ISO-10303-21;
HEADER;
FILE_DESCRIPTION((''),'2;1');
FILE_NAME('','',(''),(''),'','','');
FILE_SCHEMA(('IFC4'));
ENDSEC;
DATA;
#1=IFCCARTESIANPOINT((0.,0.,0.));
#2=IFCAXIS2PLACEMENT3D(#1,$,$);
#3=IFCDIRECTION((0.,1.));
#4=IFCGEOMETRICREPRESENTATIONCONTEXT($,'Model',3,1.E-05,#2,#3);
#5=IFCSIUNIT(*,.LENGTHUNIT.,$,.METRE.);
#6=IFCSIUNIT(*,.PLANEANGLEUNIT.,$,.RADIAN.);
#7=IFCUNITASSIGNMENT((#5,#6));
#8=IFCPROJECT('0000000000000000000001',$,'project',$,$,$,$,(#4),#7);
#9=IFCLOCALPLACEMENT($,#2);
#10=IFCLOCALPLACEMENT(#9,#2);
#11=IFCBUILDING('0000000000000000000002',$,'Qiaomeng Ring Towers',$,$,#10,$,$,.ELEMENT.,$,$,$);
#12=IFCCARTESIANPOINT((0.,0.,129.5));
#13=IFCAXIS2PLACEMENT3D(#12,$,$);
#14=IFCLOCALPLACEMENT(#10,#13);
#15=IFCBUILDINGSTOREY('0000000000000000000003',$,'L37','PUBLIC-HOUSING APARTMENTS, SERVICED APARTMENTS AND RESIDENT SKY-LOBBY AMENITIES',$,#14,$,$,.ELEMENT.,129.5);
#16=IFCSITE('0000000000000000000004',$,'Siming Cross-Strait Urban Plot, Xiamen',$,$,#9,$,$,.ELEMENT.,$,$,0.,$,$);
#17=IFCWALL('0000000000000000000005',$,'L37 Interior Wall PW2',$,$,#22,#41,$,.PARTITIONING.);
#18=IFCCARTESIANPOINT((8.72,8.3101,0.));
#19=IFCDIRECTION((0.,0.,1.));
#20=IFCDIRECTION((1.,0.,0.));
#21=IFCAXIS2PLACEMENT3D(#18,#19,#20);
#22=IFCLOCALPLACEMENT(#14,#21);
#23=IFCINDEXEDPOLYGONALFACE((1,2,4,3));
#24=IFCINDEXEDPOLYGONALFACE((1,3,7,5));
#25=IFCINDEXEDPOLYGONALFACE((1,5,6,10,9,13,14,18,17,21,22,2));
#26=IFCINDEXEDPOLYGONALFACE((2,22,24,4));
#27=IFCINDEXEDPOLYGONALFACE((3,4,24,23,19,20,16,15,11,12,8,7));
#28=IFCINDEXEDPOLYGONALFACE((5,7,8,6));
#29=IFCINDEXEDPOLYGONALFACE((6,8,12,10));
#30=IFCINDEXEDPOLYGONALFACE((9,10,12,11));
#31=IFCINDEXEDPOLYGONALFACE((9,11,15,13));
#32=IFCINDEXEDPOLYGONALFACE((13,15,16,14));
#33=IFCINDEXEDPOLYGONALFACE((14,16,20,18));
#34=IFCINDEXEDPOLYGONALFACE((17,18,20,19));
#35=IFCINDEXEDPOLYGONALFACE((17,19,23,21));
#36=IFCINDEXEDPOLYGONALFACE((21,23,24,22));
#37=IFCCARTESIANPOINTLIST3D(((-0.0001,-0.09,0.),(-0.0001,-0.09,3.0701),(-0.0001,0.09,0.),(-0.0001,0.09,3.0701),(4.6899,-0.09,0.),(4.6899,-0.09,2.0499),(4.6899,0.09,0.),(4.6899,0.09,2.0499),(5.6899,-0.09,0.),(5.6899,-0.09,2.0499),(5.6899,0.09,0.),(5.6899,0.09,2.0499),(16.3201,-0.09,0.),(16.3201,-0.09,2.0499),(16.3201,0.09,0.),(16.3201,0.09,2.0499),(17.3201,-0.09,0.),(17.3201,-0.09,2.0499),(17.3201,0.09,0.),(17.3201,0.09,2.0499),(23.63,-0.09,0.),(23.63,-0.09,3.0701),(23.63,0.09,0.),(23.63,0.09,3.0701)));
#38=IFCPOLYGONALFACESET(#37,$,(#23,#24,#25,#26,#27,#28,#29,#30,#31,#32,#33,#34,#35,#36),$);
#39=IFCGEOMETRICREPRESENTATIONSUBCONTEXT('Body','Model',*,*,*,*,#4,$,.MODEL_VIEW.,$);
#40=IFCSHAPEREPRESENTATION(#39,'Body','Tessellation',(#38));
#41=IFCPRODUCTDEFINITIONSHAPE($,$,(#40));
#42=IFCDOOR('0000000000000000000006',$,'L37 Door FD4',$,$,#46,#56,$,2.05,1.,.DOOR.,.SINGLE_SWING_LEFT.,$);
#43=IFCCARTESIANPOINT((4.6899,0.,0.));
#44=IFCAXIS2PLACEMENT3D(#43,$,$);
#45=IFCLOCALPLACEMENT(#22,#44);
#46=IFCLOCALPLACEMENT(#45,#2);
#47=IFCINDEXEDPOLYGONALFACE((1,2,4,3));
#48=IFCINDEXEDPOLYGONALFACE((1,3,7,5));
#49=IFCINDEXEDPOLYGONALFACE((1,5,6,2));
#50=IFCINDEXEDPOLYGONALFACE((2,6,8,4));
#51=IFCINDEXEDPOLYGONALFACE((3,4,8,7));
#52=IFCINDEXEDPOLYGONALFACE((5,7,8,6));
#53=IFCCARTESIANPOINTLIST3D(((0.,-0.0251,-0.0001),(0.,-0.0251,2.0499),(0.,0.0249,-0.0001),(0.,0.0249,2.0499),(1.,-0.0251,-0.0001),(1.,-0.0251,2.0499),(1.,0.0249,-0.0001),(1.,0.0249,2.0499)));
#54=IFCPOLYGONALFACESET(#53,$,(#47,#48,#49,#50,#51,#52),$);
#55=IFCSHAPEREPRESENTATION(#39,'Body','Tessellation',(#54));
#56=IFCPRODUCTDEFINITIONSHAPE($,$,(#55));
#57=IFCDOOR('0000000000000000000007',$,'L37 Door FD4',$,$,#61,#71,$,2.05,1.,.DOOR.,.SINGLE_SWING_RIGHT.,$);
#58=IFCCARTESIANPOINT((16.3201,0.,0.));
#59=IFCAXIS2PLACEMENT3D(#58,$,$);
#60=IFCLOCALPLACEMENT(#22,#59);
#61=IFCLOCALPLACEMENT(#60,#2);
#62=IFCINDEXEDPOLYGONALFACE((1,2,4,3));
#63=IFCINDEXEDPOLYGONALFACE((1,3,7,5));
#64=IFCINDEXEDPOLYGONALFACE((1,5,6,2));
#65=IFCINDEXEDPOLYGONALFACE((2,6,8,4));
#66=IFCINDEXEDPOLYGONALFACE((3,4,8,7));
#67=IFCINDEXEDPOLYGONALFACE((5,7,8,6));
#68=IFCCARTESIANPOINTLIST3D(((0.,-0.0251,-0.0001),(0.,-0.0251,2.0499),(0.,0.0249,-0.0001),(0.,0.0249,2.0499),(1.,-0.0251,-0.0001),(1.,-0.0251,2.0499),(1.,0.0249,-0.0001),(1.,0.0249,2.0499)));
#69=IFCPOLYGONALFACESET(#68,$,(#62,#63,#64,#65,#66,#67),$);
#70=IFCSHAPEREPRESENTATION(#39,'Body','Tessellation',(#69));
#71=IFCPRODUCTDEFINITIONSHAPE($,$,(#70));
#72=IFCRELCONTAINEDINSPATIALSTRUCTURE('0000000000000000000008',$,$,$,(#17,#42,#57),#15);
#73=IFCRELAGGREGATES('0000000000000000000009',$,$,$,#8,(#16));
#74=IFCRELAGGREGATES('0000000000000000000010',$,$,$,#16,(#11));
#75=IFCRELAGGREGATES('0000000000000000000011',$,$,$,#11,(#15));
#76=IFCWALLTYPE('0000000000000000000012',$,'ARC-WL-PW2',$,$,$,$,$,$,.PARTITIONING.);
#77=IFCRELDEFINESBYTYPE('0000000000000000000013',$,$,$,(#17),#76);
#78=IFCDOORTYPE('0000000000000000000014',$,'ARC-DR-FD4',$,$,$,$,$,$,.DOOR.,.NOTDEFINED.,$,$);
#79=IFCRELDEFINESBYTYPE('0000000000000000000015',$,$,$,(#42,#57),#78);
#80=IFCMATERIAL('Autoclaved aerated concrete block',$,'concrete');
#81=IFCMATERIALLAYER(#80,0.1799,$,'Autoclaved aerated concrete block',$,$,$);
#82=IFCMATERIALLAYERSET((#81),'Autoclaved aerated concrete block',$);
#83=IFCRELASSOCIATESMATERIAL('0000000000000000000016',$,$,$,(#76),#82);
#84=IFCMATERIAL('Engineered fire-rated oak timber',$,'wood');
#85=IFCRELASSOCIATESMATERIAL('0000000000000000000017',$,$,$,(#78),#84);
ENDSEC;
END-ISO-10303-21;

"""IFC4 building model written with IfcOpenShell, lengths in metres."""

from ifc_helpers import new_model, si_unit, direction, frame, frame_2d, origin, place, context, subcontext, project, spatial, rectangle, extrude, source, transform, mapped, material, layer, layer_set, type_object, element, fill, save


model = new_model("IFC4")

# Units and contexts
model_context = context("Model", 3, precision=1e-05, world=origin(), true_north=direction((0.0, 1.0)))
body_context = subcontext(model_context, "Body", "Model", "MODEL_VIEW")
ifc_project = project(units=[si_unit("LENGTHUNIT", "METRE"), si_unit("PLANEANGLEUNIT", "RADIAN")], contexts=[model_context])

# Site, building, storey
site_placement = place(None, origin())
site = spatial("IfcSite", under=ifc_project, at=site_placement, Name="Siming Cross-Strait Urban Plot, Xiamen", CompositionType="ELEMENT", RefElevation=0.0)
building_placement = place(site_placement, origin())
building = spatial("IfcBuilding", under=site, at=building_placement, Name="Qiaomeng Ring Towers", CompositionType="ELEMENT")
storey_placement = place(building_placement, frame((0.0, 0.0, 129.5)))
storey = spatial("IfcBuildingStorey", under=building, at=storey_placement, Name="L37", Description="PUBLIC-HOUSING APARTMENTS, SERVICED APARTMENTS AND RESIDENT SKY-LOBBY AMENITIES", CompositionType="ELEMENT", Elevation=129.5)

# Shared definitions
ifc_material_1 = material(Name="Autoclaved aerated concrete block", Category="concrete")

# Wall, openings, doors
ifc_layer_1 = layer(ifc_material_1, 0.1799, Name="Autoclaved aerated concrete block")
ifc_layer_set_1 = layer_set([ifc_layer_1], Name="Autoclaved aerated concrete block")
wall_type_1 = type_object("IfcWallType", Name="ARC-WL-PW2", PredefinedType="PARTITIONING", material=ifc_layer_set_1)
wall_1_placement = place(storey_placement, frame((8.72, 8.3101, 0.0), z_axis=(0.0, 0.0, 1.0), x_axis=(1.0, 0.0, 0.0)))
wall_1 = element("IfcWall", 1, at=wall_1_placement, inside=storey, type_object=wall_type_1, Name="L37 Interior Wall PW2", PredefinedType="PARTITIONING", context=body_context, shape_type="SweptSolid", body=[
    extrude(rectangle(XDim=23.6301, YDim=0.1799, at=frame_2d((11.8149, 0.0))), origin(), (0.0, 0.0, 1.0), 3.0701),
])
opening_1_placement = place(wall_1_placement, frame((4.6899, 0.0, 0.0)))
opening_1 = element("IfcOpeningElement", 2, at=opening_1_placement, cuts=wall_1, PredefinedType="OPENING", context=body_context, shape_type="SweptSolid", body=[
    extrude(rectangle(XDim=1.0, YDim=2.05, at=frame_2d((0.5, 1.0249))), frame((0.0, 0.0999, 0.0), z_axis=(0.0, -1.0, 0.0), x_axis=(1.0, 0.0, 0.0)), (0.0, 0.0, 1.0), 0.2),
])
opening_2_placement = place(wall_1_placement, frame((16.3201, 0.0, 0.0)))
opening_2 = element("IfcOpeningElement", 3, at=opening_2_placement, cuts=wall_1, PredefinedType="OPENING", context=body_context, shape_type="SweptSolid", body=[
    extrude(rectangle(XDim=1.0, YDim=2.05, at=frame_2d((0.5, 1.0249))), frame((0.0, 0.0999, 0.0), z_axis=(0.0, -1.0, 0.0), x_axis=(1.0, 0.0, 0.0)), (0.0, 0.0, 1.0), 0.2),
])
ifc_material_2 = material(Name="Engineered fire-rated oak timber", Category="wood")
door_type_1 = type_object("IfcDoorType", Name="ARC-DR-FD4", OperationType="NOTDEFINED", PredefinedType="DOOR", material=ifc_material_2)
shared_shape_1 = source(origin(), body_context, "Body", "SweptSolid", [
    extrude(rectangle(XDim=1.0, YDim=2.05, at=frame_2d((0.5, 1.0249))), frame((0.0, 0.0249, 0.0), z_axis=(0.0, -1.0, 0.0), x_axis=(1.0, 0.0, 0.0)), (0.0, 0.0, 1.0), 0.05),
])
door_1_placement = place(opening_1_placement, origin())
door_1 = element("IfcDoor", 4, at=door_1_placement, inside=storey, type_object=door_type_1, Name="L37 Door FD4", OperationType="SINGLE_SWING_LEFT", OverallHeight=2.05, OverallWidth=1.0, PredefinedType="DOOR", context=body_context, shape_type="MappedRepresentation", body=[
    mapped(shared_shape_1, transform((0.0, 0.0, 0.0), x_axis=(1.0, 0.0, 0.0), y_axis=(0.0, 1.0, 0.0), z_axis=(0.0, 0.0, 1.0), scale=1.0)),
])
fill(opening_1, door_1)
door_2_placement = place(opening_2_placement, origin())
door_2 = element("IfcDoor", 5, at=door_2_placement, inside=storey, type_object=door_type_1, Name="L37 Door FD4", OperationType="SINGLE_SWING_RIGHT", OverallHeight=2.05, OverallWidth=1.0, PredefinedType="DOOR", context=body_context, shape_type="MappedRepresentation", body=[
    mapped(shared_shape_1, transform((0.0, 0.0, 0.0), x_axis=(1.0, 0.0, 0.0), y_axis=(0.0, 1.0, 0.0), z_axis=(0.0, 0.0, 1.0), scale=1.0)),
])
fill(opening_2, door_2)

save(model, "model.ifc")
